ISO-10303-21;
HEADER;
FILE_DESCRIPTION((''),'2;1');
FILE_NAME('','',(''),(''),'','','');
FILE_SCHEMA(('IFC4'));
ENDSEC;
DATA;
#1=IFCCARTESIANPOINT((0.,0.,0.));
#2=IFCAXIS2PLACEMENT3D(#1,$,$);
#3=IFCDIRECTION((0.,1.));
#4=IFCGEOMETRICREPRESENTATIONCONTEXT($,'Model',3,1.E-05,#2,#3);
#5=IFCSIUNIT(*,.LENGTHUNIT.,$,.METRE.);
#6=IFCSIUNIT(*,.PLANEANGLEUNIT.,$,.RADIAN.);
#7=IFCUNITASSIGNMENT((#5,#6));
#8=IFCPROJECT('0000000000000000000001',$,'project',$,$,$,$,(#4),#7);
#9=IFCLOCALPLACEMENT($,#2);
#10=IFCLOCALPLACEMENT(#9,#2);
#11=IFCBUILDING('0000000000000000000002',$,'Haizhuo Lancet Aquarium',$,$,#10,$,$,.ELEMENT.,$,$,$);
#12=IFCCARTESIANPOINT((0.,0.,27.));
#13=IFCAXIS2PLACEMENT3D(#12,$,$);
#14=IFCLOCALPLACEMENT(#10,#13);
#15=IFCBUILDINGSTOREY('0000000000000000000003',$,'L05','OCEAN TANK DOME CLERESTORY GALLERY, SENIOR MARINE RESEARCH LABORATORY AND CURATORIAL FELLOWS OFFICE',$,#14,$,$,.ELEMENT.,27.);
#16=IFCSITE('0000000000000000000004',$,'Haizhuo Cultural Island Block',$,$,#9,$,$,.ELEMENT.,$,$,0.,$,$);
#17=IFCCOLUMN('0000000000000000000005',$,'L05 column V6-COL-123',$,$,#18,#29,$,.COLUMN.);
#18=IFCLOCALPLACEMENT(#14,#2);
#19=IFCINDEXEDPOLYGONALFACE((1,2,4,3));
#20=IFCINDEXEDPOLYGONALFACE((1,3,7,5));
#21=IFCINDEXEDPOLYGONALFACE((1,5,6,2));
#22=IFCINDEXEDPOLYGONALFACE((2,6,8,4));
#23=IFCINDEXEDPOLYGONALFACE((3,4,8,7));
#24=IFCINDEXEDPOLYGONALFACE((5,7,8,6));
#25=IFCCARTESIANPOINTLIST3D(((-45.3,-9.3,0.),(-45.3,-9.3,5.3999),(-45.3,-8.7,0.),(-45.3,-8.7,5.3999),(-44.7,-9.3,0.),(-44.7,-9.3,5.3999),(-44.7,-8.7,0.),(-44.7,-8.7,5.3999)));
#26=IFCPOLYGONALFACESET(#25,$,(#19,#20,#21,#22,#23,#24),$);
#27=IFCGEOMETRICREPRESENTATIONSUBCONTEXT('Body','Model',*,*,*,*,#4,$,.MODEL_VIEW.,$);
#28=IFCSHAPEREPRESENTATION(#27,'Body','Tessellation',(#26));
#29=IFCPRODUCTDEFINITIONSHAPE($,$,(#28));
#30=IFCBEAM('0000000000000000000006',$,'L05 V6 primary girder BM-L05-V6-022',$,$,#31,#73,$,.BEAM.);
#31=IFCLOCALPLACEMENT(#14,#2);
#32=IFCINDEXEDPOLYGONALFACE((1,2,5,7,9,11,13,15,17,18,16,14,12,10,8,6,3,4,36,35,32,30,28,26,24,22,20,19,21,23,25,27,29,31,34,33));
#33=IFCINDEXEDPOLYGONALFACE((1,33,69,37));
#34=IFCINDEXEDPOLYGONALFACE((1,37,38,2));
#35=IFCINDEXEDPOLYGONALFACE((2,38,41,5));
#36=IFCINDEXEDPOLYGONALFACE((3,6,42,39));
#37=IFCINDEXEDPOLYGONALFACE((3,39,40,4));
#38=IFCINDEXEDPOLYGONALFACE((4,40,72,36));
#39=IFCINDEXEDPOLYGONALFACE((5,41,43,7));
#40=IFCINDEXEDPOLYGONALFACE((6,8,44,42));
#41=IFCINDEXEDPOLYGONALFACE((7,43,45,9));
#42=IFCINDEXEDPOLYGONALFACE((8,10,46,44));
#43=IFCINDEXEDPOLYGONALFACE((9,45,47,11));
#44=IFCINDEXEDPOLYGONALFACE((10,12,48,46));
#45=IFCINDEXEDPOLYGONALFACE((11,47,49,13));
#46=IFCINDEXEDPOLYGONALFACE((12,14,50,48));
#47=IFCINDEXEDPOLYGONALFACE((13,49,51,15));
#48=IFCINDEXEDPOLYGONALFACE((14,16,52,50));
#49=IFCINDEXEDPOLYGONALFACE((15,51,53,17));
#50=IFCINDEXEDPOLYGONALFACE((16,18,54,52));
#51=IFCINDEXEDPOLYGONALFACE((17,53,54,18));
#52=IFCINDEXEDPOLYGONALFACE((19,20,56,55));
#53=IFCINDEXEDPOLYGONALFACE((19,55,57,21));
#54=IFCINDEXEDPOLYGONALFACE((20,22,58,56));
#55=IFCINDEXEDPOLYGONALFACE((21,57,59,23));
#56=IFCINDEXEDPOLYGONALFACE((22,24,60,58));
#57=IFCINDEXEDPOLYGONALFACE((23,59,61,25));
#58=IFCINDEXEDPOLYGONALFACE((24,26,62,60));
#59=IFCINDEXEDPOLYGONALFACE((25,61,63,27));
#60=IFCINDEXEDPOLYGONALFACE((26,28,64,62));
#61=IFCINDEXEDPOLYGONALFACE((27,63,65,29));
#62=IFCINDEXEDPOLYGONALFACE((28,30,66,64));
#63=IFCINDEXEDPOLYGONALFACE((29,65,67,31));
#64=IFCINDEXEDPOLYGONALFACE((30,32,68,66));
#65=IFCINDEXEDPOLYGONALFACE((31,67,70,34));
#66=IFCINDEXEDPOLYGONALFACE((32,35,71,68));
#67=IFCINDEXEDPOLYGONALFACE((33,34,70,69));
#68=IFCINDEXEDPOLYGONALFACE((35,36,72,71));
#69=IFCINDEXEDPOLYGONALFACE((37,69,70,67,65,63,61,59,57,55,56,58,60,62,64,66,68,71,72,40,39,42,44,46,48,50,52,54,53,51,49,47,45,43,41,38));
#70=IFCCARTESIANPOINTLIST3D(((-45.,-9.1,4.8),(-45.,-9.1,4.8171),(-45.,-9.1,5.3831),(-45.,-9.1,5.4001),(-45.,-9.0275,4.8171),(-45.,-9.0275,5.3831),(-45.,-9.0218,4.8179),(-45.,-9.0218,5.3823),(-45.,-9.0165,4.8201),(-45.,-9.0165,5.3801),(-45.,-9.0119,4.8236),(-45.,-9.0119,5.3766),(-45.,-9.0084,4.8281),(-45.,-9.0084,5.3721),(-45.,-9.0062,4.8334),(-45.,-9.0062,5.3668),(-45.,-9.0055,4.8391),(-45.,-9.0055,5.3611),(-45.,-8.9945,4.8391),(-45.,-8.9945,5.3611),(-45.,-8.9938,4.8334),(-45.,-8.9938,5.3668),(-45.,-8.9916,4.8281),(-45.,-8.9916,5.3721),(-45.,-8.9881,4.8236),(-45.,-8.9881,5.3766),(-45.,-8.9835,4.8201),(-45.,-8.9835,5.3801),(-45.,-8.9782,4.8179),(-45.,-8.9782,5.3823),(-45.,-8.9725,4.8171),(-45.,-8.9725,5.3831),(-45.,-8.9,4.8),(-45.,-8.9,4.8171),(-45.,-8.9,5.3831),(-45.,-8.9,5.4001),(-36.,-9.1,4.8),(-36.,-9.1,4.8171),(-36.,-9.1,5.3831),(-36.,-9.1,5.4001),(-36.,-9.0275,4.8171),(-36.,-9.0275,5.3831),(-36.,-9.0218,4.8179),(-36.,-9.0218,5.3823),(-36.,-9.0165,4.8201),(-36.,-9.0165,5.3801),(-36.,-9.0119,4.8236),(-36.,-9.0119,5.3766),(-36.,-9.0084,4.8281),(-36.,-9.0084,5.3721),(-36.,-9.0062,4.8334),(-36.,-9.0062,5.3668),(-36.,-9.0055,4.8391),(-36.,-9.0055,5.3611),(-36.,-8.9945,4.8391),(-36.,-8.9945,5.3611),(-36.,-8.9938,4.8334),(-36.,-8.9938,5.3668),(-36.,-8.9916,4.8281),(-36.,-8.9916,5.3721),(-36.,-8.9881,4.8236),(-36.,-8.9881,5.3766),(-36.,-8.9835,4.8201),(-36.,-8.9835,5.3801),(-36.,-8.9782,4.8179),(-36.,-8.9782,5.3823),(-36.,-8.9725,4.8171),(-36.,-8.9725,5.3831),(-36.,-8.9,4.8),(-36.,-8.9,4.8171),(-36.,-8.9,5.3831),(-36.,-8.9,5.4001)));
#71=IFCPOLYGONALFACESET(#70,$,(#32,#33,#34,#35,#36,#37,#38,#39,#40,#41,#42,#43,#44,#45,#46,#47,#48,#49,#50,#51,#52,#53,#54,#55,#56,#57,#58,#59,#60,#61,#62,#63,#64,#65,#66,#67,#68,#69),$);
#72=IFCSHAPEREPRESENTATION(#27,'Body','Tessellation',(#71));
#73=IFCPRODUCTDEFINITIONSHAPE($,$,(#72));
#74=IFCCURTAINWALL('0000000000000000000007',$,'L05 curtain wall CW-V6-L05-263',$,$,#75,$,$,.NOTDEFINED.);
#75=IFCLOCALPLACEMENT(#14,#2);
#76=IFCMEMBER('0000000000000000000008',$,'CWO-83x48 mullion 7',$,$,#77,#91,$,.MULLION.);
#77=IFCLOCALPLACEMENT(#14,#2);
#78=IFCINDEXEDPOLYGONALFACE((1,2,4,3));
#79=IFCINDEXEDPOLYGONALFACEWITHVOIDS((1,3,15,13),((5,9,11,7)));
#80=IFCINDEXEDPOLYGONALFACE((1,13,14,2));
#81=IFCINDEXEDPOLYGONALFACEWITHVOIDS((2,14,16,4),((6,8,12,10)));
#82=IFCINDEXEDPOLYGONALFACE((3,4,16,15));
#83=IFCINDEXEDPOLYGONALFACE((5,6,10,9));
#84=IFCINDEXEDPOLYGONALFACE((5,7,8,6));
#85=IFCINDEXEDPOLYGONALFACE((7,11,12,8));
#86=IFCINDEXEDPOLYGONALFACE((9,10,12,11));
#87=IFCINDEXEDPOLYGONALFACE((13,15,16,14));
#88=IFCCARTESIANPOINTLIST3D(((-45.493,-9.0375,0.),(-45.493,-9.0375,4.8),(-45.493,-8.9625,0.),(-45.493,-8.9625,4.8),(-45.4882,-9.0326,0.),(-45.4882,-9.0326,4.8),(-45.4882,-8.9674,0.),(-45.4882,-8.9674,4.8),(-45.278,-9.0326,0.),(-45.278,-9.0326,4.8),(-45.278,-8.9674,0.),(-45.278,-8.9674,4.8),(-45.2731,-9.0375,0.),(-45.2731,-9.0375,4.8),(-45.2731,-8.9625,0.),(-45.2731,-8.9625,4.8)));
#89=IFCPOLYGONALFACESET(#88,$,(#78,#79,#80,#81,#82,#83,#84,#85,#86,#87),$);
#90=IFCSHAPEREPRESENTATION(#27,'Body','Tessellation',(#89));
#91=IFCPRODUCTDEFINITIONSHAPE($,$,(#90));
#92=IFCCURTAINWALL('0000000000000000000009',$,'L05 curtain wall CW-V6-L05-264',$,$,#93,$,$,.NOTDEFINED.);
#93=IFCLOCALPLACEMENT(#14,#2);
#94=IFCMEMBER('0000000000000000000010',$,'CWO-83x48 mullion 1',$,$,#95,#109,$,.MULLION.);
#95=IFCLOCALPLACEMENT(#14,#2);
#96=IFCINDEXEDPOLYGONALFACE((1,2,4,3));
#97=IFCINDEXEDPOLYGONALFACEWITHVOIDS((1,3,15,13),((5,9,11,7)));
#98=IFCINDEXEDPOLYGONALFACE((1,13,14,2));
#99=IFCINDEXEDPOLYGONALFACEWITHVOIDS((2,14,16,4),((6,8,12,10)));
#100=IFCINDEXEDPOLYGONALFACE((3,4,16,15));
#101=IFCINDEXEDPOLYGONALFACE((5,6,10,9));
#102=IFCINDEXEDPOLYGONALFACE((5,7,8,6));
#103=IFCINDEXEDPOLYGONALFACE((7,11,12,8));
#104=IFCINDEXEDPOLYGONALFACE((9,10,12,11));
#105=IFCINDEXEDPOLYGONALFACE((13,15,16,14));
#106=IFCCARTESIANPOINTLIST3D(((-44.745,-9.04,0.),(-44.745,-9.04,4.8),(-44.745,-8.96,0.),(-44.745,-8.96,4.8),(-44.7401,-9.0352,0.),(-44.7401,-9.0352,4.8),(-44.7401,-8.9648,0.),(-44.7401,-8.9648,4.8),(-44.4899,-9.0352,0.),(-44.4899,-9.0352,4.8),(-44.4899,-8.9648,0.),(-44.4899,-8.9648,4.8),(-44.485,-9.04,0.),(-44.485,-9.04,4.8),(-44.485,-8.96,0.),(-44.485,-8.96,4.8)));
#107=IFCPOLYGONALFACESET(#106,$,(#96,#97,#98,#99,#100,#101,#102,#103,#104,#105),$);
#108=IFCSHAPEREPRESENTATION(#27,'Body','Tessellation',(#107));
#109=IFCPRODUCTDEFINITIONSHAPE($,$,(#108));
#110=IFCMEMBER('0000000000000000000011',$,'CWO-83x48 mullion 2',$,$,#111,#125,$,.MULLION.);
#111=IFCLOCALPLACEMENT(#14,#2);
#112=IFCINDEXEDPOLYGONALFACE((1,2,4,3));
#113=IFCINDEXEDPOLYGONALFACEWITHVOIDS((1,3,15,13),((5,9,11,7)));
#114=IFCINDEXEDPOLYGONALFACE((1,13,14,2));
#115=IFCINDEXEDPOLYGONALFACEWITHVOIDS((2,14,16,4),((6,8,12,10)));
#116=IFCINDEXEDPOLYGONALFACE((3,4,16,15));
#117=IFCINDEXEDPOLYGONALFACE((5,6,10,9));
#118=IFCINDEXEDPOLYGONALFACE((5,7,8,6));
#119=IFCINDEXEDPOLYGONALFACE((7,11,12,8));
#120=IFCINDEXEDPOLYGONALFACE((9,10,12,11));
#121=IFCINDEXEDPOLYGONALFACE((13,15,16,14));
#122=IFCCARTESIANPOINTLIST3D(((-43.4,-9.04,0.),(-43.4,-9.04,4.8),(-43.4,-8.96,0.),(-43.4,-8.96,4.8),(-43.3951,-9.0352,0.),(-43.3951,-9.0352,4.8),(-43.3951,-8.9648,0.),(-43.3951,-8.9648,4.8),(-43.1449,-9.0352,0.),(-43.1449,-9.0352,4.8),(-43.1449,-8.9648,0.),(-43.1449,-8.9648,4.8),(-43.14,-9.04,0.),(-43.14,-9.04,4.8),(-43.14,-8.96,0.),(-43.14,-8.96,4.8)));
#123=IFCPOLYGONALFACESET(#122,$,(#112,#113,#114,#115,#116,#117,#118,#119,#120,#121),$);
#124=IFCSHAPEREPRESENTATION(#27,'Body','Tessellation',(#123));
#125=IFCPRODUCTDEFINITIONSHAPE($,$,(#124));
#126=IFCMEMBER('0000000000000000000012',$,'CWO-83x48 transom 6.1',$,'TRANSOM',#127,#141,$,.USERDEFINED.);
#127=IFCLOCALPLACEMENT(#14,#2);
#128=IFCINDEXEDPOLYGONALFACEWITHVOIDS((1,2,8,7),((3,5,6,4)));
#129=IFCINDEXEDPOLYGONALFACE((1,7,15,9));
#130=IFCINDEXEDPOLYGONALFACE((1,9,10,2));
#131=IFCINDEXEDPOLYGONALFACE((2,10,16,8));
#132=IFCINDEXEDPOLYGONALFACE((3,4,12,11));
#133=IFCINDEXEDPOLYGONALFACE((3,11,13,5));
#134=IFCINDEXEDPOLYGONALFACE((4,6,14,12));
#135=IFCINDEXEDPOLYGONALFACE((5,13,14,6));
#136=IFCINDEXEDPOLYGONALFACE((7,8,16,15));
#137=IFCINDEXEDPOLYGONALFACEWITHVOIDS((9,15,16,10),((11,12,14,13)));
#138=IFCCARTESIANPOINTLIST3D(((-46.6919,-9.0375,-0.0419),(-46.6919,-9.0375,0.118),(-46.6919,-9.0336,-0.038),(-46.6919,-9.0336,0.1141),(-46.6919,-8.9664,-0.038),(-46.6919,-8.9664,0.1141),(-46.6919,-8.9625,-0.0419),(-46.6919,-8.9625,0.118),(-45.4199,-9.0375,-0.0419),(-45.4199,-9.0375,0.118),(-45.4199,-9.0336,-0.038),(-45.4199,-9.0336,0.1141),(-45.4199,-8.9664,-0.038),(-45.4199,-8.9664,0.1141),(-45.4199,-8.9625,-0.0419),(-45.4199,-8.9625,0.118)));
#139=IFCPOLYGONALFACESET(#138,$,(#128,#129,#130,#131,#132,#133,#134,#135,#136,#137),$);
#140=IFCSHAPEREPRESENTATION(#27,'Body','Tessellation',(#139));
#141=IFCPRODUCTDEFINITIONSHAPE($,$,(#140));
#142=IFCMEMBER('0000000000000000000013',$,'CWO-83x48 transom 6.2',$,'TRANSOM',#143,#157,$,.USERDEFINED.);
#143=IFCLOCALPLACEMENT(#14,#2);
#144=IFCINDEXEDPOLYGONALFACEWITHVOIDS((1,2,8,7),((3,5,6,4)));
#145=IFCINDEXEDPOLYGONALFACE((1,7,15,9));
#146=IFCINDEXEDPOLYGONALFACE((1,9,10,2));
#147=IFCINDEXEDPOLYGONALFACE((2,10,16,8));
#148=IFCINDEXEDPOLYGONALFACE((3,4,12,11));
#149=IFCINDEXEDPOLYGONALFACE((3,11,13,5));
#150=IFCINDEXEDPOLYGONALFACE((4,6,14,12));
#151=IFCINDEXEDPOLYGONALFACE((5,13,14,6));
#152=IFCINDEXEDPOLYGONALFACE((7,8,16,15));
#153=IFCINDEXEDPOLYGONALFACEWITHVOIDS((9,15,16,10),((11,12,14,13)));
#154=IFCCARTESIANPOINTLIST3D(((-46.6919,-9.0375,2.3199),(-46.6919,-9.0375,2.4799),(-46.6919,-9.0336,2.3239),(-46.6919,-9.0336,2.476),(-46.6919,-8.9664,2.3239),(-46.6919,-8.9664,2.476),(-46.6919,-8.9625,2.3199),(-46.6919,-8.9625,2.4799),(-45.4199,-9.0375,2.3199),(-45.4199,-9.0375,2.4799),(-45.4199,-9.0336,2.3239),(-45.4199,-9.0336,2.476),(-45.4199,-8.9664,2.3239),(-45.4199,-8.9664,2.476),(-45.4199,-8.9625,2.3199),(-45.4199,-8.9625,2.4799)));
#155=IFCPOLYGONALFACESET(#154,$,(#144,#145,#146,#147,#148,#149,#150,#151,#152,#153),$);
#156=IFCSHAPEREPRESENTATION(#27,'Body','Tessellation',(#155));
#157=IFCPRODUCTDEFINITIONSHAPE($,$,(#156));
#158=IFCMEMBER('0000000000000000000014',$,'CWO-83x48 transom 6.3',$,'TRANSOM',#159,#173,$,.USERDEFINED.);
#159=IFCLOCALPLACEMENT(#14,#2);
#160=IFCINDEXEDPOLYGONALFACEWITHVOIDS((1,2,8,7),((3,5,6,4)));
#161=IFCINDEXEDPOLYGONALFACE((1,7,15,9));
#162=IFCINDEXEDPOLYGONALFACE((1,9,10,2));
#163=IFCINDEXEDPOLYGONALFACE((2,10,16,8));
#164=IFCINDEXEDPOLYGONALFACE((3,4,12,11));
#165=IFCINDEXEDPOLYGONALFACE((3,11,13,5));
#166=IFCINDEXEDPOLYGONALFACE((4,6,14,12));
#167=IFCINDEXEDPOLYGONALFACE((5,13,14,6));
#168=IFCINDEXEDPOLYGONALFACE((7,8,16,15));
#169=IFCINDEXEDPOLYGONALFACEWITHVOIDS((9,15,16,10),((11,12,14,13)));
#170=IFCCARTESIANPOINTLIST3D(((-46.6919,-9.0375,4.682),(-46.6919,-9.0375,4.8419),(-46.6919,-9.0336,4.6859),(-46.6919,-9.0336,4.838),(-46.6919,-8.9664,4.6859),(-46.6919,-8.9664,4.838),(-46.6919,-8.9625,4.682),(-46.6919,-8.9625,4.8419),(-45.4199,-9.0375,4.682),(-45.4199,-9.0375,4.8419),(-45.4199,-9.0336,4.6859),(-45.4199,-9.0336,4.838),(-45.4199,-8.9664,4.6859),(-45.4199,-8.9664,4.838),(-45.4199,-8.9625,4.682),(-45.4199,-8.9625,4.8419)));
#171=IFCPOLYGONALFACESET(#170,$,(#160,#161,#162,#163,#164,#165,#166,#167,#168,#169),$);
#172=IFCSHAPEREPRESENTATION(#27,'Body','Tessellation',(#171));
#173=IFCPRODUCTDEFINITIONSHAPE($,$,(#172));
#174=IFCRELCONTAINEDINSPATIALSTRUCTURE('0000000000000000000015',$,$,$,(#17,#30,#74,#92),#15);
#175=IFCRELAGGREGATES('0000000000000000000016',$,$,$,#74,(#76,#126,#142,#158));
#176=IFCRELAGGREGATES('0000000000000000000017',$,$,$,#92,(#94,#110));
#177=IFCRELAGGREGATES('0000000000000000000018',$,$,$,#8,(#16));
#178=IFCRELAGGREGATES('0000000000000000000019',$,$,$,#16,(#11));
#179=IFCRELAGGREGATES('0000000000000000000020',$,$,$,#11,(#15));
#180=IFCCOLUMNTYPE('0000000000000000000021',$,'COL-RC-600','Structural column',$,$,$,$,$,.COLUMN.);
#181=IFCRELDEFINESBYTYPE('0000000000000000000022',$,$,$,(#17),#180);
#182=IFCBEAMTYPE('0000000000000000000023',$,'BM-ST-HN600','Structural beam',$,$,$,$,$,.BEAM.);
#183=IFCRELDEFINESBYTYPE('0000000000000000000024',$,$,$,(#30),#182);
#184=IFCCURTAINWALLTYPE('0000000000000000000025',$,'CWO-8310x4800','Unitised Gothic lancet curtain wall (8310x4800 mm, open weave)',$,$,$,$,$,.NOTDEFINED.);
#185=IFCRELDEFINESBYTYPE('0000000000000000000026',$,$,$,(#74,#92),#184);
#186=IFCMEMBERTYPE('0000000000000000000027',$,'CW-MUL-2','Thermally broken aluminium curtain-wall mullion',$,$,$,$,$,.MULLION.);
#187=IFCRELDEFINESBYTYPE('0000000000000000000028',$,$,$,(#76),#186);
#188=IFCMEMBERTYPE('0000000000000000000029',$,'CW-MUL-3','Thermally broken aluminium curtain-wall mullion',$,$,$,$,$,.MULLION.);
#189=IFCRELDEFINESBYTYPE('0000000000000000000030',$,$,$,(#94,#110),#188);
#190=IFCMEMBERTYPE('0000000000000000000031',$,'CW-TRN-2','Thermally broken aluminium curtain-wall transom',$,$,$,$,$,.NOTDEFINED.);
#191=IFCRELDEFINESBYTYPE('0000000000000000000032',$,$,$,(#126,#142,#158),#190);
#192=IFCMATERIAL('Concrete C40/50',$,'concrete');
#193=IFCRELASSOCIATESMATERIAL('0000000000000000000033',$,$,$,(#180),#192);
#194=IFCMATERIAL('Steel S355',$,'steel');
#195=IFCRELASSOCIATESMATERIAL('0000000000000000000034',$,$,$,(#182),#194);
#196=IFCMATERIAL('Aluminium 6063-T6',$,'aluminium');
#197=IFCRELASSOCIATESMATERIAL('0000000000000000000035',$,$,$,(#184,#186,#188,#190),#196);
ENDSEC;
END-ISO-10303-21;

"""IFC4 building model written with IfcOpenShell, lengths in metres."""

from ifc_helpers import new_model, si_unit, direction, frame, origin, origin_2d, place, context, subcontext, project, spatial, rectangle, hollow_rectangle, i_section, extrude, material, material_profile, profile_set, type_object, element, aggregate, save


model = new_model("IFC4")

# Units and contexts
model_context = context("Model", 3, precision=1e-05, world=origin(), true_north=direction((0.0, 1.0)))
body_context = subcontext(model_context, "Body", "Model", "MODEL_VIEW")
ifc_project = project(units=[si_unit("LENGTHUNIT", "METRE"), si_unit("PLANEANGLEUNIT", "RADIAN")], contexts=[model_context])

# Site, building, storey
site_placement = place(None, origin())
site = spatial("IfcSite", under=ifc_project, at=site_placement, Name="Haizhuo Cultural Island Block", CompositionType="ELEMENT", RefElevation=0.0)
building_placement = place(site_placement, origin())
building = spatial("IfcBuilding", under=site, at=building_placement, Name="Haizhuo Lancet Aquarium", CompositionType="ELEMENT")
storey_placement = place(building_placement, frame((0.0, 0.0, 27.0)))
storey = spatial("IfcBuildingStorey", under=building, at=storey_placement, Name="L05", Description="OCEAN TANK DOME CLERESTORY GALLERY, SENIOR MARINE RESEARCH LABORATORY AND CURATORIAL FELLOWS OFFICE", CompositionType="ELEMENT", Elevation=27.0)

# Column
ifc_material_1 = material(Name="Concrete C40/50", Category="concrete")
ifc_material_profile_1 = material_profile(ifc_material_1, rectangle(XDim=0.6001, YDim=0.6001, at=origin_2d()), Name="RC-COL 600x600")
ifc_profile_set_1 = profile_set([ifc_material_profile_1], Name="Concrete C40/50")
column_type = type_object("IfcColumnType", Name="COL-RC-600", Description="Structural column", PredefinedType="COLUMN", material=ifc_profile_set_1)
column_placement = place(storey_placement, frame((-45.0, -9.0, 0.0), z_axis=(0.0, 0.0, 1.0), x_axis=(1.0, 0.0, 0.0)))
element("IfcColumn", 1, at=column_placement, inside=storey, type_object=column_type, Name="L05 column V6-COL-123", PredefinedType="COLUMN", context=body_context, shape_type="SweptSolid", body=[
    extrude(rectangle(XDim=0.6001, YDim=0.6001, at=origin_2d()), origin(), (0.0, 0.0, 1.0), 5.3999),
])

# Beam
ifc_material_2 = material(Name="Steel S355", Category="steel")
ifc_material_profile_2 = material_profile(ifc_material_2, i_section(OverallWidth=0.2, OverallDepth=0.6001, WebThickness=0.011, FlangeThickness=0.0171, FilletRadius=0.022, at=origin_2d()), Name="HN 600x200x11x17")
ifc_profile_set_2 = profile_set([ifc_material_profile_2], Name="Steel S355")
beam_type = type_object("IfcBeamType", Name="BM-ST-HN600", Description="Structural beam", PredefinedType="BEAM", material=ifc_profile_set_2)
beam_placement = place(storey_placement, frame((-45.0, -9.0, 5.1001), z_axis=(1.0, 0.0, 0.0), x_axis=(0.0, 1.0, 0.0)))
element("IfcBeam", 2, at=beam_placement, inside=storey, type_object=beam_type, Name="L05 V6 primary girder BM-L05-V6-022", PredefinedType="BEAM", context=body_context, shape_type="SweptSolid", body=[
    extrude(i_section(OverallWidth=0.2, OverallDepth=0.6001, WebThickness=0.011, FlangeThickness=0.0171, FilletRadius=0.022, at=origin_2d()), origin(), (0.0, 0.0, 1.0), 9.0),
])

# Curtain wall, member
ifc_material_3 = material(Name="Aluminium 6063-T6", Category="aluminium")
curtain_wall_type = type_object("IfcCurtainWallType", Name="CWO-8310x4800", Description="Unitised Gothic lancet curtain wall (8310x4800 mm, open weave)", PredefinedType="NOTDEFINED", material=ifc_material_3)
curtain_wall_1_placement = place(storey_placement, origin())
curtain_wall_1 = element("IfcCurtainWall", 3, at=curtain_wall_1_placement, inside=storey, type_object=curtain_wall_type, Name="L05 curtain wall CW-V6-L05-263", PredefinedType="NOTDEFINED")
ifc_material_profile_3 = material_profile(ifc_material_3, hollow_rectangle(XDim=0.075, YDim=0.22, WallThickness=0.0049, at=origin_2d()), Name="ALU-M 75x220x5")
ifc_profile_set_3 = profile_set([ifc_material_profile_3], Name="Aluminium 6063-T6")
member_type_1 = type_object("IfcMemberType", Name="CW-MUL-2", Description="Thermally broken aluminium curtain-wall mullion", PredefinedType="MULLION", material=ifc_profile_set_3)
member_1_placement = place(storey_placement, frame((-45.3831, -9.0, 0.0), z_axis=(0.0, 0.0, 1.0), x_axis=(0.0, 1.0, 0.0)))
member_1 = element("IfcMember", 4, at=member_1_placement, type_object=member_type_1, Name="CWO-83x48 mullion 7", PredefinedType="MULLION", context=body_context, shape_type="SweptSolid", body=[
    extrude(hollow_rectangle(XDim=0.075, YDim=0.22, WallThickness=0.0049, at=origin_2d()), origin(), (0.0, 0.0, 1.0), 4.8),
])

# Curtain wall, members
curtain_wall_2_placement = place(storey_placement, origin())
curtain_wall_2 = element("IfcCurtainWall", 5, at=curtain_wall_2_placement, inside=storey, type_object=curtain_wall_type, Name="L05 curtain wall CW-V6-L05-264", PredefinedType="NOTDEFINED")
ifc_material_profile_4 = material_profile(ifc_material_3, hollow_rectangle(XDim=0.0801, YDim=0.26, WallThickness=0.0049, at=origin_2d()), Name="ALU-M 80x260x5")
ifc_profile_set_4 = profile_set([ifc_material_profile_4], Name="Aluminium 6063-T6")
member_type_2 = type_object("IfcMemberType", Name="CW-MUL-3", Description="Thermally broken aluminium curtain-wall mullion", PredefinedType="MULLION", material=ifc_profile_set_4)
member_2_placement = place(storey_placement, frame((-44.615, -9.0, 0.0), z_axis=(0.0, 0.0, 1.0), x_axis=(0.0, 1.0, 0.0)))
member_2 = element("IfcMember", 6, at=member_2_placement, type_object=member_type_2, Name="CWO-83x48 mullion 1", PredefinedType="MULLION", context=body_context, shape_type="SweptSolid", body=[
    extrude(hollow_rectangle(XDim=0.0801, YDim=0.26, WallThickness=0.0049, at=origin_2d()), origin(), (0.0, 0.0, 1.0), 4.8),
])
member_3_placement = place(storey_placement, frame((-43.27, -9.0, 0.0), z_axis=(0.0, 0.0, 1.0), x_axis=(0.0, 1.0, 0.0)))
member_3 = element("IfcMember", 7, at=member_3_placement, type_object=member_type_2, Name="CWO-83x48 mullion 2", PredefinedType="MULLION", context=body_context, shape_type="SweptSolid", body=[
    extrude(hollow_rectangle(XDim=0.0801, YDim=0.26, WallThickness=0.0049, at=origin_2d()), origin(), (0.0, 0.0, 1.0), 4.8),
])

# Members
ifc_material_profile_5 = material_profile(ifc_material_3, hollow_rectangle(XDim=0.075, YDim=0.1599, WallThickness=0.0039, at=origin_2d()), Name="ALU-T 75x160x4")
ifc_profile_set_5 = profile_set([ifc_material_profile_5], Name="Aluminium 6063-T6")
member_type_3 = type_object("IfcMemberType", Name="CW-TRN-2", Description="Thermally broken aluminium curtain-wall transom", PredefinedType="NOTDEFINED", material=ifc_profile_set_5)
member_4_placement = place(storey_placement, frame((-46.6919, -9.0, 0.0381), z_axis=(1.0, 0.0, 0.0), x_axis=(0.0, 1.0, 0.0)))
member_4 = element("IfcMember", 8, at=member_4_placement, type_object=member_type_3, Name="CWO-83x48 transom 6.1", ObjectType="TRANSOM", PredefinedType="USERDEFINED", context=body_context, shape_type="SweptSolid", body=[
    extrude(hollow_rectangle(XDim=0.075, YDim=0.1599, WallThickness=0.0039, at=origin_2d()), origin(), (0.0, 0.0, 1.0), 1.272),
])
member_5_placement = place(storey_placement, frame((-46.6919, -9.0, 2.3999), z_axis=(1.0, 0.0, 0.0), x_axis=(0.0, 1.0, 0.0)))
member_5 = element("IfcMember", 9, at=member_5_placement, type_object=member_type_3, Name="CWO-83x48 transom 6.2", ObjectType="TRANSOM", PredefinedType="USERDEFINED", context=body_context, shape_type="SweptSolid", body=[
    extrude(hollow_rectangle(XDim=0.075, YDim=0.1599, WallThickness=0.0039, at=origin_2d()), origin(), (0.0, 0.0, 1.0), 1.272),
])
member_6_placement = place(storey_placement, frame((-46.6919, -9.0, 4.762), z_axis=(1.0, 0.0, 0.0), x_axis=(0.0, 1.0, 0.0)))
member_6 = element("IfcMember", 10, at=member_6_placement, type_object=member_type_3, Name="CWO-83x48 transom 6.3", ObjectType="TRANSOM", PredefinedType="USERDEFINED", context=body_context, shape_type="SweptSolid", body=[
    extrude(hollow_rectangle(XDim=0.075, YDim=0.1599, WallThickness=0.0039, at=origin_2d()), origin(), (0.0, 0.0, 1.0), 1.272),
])

aggregate(curtain_wall_1, [member_1, member_4, member_5, member_6])
aggregate(curtain_wall_2, [member_2, member_3])

save(model, "model.ifc")
